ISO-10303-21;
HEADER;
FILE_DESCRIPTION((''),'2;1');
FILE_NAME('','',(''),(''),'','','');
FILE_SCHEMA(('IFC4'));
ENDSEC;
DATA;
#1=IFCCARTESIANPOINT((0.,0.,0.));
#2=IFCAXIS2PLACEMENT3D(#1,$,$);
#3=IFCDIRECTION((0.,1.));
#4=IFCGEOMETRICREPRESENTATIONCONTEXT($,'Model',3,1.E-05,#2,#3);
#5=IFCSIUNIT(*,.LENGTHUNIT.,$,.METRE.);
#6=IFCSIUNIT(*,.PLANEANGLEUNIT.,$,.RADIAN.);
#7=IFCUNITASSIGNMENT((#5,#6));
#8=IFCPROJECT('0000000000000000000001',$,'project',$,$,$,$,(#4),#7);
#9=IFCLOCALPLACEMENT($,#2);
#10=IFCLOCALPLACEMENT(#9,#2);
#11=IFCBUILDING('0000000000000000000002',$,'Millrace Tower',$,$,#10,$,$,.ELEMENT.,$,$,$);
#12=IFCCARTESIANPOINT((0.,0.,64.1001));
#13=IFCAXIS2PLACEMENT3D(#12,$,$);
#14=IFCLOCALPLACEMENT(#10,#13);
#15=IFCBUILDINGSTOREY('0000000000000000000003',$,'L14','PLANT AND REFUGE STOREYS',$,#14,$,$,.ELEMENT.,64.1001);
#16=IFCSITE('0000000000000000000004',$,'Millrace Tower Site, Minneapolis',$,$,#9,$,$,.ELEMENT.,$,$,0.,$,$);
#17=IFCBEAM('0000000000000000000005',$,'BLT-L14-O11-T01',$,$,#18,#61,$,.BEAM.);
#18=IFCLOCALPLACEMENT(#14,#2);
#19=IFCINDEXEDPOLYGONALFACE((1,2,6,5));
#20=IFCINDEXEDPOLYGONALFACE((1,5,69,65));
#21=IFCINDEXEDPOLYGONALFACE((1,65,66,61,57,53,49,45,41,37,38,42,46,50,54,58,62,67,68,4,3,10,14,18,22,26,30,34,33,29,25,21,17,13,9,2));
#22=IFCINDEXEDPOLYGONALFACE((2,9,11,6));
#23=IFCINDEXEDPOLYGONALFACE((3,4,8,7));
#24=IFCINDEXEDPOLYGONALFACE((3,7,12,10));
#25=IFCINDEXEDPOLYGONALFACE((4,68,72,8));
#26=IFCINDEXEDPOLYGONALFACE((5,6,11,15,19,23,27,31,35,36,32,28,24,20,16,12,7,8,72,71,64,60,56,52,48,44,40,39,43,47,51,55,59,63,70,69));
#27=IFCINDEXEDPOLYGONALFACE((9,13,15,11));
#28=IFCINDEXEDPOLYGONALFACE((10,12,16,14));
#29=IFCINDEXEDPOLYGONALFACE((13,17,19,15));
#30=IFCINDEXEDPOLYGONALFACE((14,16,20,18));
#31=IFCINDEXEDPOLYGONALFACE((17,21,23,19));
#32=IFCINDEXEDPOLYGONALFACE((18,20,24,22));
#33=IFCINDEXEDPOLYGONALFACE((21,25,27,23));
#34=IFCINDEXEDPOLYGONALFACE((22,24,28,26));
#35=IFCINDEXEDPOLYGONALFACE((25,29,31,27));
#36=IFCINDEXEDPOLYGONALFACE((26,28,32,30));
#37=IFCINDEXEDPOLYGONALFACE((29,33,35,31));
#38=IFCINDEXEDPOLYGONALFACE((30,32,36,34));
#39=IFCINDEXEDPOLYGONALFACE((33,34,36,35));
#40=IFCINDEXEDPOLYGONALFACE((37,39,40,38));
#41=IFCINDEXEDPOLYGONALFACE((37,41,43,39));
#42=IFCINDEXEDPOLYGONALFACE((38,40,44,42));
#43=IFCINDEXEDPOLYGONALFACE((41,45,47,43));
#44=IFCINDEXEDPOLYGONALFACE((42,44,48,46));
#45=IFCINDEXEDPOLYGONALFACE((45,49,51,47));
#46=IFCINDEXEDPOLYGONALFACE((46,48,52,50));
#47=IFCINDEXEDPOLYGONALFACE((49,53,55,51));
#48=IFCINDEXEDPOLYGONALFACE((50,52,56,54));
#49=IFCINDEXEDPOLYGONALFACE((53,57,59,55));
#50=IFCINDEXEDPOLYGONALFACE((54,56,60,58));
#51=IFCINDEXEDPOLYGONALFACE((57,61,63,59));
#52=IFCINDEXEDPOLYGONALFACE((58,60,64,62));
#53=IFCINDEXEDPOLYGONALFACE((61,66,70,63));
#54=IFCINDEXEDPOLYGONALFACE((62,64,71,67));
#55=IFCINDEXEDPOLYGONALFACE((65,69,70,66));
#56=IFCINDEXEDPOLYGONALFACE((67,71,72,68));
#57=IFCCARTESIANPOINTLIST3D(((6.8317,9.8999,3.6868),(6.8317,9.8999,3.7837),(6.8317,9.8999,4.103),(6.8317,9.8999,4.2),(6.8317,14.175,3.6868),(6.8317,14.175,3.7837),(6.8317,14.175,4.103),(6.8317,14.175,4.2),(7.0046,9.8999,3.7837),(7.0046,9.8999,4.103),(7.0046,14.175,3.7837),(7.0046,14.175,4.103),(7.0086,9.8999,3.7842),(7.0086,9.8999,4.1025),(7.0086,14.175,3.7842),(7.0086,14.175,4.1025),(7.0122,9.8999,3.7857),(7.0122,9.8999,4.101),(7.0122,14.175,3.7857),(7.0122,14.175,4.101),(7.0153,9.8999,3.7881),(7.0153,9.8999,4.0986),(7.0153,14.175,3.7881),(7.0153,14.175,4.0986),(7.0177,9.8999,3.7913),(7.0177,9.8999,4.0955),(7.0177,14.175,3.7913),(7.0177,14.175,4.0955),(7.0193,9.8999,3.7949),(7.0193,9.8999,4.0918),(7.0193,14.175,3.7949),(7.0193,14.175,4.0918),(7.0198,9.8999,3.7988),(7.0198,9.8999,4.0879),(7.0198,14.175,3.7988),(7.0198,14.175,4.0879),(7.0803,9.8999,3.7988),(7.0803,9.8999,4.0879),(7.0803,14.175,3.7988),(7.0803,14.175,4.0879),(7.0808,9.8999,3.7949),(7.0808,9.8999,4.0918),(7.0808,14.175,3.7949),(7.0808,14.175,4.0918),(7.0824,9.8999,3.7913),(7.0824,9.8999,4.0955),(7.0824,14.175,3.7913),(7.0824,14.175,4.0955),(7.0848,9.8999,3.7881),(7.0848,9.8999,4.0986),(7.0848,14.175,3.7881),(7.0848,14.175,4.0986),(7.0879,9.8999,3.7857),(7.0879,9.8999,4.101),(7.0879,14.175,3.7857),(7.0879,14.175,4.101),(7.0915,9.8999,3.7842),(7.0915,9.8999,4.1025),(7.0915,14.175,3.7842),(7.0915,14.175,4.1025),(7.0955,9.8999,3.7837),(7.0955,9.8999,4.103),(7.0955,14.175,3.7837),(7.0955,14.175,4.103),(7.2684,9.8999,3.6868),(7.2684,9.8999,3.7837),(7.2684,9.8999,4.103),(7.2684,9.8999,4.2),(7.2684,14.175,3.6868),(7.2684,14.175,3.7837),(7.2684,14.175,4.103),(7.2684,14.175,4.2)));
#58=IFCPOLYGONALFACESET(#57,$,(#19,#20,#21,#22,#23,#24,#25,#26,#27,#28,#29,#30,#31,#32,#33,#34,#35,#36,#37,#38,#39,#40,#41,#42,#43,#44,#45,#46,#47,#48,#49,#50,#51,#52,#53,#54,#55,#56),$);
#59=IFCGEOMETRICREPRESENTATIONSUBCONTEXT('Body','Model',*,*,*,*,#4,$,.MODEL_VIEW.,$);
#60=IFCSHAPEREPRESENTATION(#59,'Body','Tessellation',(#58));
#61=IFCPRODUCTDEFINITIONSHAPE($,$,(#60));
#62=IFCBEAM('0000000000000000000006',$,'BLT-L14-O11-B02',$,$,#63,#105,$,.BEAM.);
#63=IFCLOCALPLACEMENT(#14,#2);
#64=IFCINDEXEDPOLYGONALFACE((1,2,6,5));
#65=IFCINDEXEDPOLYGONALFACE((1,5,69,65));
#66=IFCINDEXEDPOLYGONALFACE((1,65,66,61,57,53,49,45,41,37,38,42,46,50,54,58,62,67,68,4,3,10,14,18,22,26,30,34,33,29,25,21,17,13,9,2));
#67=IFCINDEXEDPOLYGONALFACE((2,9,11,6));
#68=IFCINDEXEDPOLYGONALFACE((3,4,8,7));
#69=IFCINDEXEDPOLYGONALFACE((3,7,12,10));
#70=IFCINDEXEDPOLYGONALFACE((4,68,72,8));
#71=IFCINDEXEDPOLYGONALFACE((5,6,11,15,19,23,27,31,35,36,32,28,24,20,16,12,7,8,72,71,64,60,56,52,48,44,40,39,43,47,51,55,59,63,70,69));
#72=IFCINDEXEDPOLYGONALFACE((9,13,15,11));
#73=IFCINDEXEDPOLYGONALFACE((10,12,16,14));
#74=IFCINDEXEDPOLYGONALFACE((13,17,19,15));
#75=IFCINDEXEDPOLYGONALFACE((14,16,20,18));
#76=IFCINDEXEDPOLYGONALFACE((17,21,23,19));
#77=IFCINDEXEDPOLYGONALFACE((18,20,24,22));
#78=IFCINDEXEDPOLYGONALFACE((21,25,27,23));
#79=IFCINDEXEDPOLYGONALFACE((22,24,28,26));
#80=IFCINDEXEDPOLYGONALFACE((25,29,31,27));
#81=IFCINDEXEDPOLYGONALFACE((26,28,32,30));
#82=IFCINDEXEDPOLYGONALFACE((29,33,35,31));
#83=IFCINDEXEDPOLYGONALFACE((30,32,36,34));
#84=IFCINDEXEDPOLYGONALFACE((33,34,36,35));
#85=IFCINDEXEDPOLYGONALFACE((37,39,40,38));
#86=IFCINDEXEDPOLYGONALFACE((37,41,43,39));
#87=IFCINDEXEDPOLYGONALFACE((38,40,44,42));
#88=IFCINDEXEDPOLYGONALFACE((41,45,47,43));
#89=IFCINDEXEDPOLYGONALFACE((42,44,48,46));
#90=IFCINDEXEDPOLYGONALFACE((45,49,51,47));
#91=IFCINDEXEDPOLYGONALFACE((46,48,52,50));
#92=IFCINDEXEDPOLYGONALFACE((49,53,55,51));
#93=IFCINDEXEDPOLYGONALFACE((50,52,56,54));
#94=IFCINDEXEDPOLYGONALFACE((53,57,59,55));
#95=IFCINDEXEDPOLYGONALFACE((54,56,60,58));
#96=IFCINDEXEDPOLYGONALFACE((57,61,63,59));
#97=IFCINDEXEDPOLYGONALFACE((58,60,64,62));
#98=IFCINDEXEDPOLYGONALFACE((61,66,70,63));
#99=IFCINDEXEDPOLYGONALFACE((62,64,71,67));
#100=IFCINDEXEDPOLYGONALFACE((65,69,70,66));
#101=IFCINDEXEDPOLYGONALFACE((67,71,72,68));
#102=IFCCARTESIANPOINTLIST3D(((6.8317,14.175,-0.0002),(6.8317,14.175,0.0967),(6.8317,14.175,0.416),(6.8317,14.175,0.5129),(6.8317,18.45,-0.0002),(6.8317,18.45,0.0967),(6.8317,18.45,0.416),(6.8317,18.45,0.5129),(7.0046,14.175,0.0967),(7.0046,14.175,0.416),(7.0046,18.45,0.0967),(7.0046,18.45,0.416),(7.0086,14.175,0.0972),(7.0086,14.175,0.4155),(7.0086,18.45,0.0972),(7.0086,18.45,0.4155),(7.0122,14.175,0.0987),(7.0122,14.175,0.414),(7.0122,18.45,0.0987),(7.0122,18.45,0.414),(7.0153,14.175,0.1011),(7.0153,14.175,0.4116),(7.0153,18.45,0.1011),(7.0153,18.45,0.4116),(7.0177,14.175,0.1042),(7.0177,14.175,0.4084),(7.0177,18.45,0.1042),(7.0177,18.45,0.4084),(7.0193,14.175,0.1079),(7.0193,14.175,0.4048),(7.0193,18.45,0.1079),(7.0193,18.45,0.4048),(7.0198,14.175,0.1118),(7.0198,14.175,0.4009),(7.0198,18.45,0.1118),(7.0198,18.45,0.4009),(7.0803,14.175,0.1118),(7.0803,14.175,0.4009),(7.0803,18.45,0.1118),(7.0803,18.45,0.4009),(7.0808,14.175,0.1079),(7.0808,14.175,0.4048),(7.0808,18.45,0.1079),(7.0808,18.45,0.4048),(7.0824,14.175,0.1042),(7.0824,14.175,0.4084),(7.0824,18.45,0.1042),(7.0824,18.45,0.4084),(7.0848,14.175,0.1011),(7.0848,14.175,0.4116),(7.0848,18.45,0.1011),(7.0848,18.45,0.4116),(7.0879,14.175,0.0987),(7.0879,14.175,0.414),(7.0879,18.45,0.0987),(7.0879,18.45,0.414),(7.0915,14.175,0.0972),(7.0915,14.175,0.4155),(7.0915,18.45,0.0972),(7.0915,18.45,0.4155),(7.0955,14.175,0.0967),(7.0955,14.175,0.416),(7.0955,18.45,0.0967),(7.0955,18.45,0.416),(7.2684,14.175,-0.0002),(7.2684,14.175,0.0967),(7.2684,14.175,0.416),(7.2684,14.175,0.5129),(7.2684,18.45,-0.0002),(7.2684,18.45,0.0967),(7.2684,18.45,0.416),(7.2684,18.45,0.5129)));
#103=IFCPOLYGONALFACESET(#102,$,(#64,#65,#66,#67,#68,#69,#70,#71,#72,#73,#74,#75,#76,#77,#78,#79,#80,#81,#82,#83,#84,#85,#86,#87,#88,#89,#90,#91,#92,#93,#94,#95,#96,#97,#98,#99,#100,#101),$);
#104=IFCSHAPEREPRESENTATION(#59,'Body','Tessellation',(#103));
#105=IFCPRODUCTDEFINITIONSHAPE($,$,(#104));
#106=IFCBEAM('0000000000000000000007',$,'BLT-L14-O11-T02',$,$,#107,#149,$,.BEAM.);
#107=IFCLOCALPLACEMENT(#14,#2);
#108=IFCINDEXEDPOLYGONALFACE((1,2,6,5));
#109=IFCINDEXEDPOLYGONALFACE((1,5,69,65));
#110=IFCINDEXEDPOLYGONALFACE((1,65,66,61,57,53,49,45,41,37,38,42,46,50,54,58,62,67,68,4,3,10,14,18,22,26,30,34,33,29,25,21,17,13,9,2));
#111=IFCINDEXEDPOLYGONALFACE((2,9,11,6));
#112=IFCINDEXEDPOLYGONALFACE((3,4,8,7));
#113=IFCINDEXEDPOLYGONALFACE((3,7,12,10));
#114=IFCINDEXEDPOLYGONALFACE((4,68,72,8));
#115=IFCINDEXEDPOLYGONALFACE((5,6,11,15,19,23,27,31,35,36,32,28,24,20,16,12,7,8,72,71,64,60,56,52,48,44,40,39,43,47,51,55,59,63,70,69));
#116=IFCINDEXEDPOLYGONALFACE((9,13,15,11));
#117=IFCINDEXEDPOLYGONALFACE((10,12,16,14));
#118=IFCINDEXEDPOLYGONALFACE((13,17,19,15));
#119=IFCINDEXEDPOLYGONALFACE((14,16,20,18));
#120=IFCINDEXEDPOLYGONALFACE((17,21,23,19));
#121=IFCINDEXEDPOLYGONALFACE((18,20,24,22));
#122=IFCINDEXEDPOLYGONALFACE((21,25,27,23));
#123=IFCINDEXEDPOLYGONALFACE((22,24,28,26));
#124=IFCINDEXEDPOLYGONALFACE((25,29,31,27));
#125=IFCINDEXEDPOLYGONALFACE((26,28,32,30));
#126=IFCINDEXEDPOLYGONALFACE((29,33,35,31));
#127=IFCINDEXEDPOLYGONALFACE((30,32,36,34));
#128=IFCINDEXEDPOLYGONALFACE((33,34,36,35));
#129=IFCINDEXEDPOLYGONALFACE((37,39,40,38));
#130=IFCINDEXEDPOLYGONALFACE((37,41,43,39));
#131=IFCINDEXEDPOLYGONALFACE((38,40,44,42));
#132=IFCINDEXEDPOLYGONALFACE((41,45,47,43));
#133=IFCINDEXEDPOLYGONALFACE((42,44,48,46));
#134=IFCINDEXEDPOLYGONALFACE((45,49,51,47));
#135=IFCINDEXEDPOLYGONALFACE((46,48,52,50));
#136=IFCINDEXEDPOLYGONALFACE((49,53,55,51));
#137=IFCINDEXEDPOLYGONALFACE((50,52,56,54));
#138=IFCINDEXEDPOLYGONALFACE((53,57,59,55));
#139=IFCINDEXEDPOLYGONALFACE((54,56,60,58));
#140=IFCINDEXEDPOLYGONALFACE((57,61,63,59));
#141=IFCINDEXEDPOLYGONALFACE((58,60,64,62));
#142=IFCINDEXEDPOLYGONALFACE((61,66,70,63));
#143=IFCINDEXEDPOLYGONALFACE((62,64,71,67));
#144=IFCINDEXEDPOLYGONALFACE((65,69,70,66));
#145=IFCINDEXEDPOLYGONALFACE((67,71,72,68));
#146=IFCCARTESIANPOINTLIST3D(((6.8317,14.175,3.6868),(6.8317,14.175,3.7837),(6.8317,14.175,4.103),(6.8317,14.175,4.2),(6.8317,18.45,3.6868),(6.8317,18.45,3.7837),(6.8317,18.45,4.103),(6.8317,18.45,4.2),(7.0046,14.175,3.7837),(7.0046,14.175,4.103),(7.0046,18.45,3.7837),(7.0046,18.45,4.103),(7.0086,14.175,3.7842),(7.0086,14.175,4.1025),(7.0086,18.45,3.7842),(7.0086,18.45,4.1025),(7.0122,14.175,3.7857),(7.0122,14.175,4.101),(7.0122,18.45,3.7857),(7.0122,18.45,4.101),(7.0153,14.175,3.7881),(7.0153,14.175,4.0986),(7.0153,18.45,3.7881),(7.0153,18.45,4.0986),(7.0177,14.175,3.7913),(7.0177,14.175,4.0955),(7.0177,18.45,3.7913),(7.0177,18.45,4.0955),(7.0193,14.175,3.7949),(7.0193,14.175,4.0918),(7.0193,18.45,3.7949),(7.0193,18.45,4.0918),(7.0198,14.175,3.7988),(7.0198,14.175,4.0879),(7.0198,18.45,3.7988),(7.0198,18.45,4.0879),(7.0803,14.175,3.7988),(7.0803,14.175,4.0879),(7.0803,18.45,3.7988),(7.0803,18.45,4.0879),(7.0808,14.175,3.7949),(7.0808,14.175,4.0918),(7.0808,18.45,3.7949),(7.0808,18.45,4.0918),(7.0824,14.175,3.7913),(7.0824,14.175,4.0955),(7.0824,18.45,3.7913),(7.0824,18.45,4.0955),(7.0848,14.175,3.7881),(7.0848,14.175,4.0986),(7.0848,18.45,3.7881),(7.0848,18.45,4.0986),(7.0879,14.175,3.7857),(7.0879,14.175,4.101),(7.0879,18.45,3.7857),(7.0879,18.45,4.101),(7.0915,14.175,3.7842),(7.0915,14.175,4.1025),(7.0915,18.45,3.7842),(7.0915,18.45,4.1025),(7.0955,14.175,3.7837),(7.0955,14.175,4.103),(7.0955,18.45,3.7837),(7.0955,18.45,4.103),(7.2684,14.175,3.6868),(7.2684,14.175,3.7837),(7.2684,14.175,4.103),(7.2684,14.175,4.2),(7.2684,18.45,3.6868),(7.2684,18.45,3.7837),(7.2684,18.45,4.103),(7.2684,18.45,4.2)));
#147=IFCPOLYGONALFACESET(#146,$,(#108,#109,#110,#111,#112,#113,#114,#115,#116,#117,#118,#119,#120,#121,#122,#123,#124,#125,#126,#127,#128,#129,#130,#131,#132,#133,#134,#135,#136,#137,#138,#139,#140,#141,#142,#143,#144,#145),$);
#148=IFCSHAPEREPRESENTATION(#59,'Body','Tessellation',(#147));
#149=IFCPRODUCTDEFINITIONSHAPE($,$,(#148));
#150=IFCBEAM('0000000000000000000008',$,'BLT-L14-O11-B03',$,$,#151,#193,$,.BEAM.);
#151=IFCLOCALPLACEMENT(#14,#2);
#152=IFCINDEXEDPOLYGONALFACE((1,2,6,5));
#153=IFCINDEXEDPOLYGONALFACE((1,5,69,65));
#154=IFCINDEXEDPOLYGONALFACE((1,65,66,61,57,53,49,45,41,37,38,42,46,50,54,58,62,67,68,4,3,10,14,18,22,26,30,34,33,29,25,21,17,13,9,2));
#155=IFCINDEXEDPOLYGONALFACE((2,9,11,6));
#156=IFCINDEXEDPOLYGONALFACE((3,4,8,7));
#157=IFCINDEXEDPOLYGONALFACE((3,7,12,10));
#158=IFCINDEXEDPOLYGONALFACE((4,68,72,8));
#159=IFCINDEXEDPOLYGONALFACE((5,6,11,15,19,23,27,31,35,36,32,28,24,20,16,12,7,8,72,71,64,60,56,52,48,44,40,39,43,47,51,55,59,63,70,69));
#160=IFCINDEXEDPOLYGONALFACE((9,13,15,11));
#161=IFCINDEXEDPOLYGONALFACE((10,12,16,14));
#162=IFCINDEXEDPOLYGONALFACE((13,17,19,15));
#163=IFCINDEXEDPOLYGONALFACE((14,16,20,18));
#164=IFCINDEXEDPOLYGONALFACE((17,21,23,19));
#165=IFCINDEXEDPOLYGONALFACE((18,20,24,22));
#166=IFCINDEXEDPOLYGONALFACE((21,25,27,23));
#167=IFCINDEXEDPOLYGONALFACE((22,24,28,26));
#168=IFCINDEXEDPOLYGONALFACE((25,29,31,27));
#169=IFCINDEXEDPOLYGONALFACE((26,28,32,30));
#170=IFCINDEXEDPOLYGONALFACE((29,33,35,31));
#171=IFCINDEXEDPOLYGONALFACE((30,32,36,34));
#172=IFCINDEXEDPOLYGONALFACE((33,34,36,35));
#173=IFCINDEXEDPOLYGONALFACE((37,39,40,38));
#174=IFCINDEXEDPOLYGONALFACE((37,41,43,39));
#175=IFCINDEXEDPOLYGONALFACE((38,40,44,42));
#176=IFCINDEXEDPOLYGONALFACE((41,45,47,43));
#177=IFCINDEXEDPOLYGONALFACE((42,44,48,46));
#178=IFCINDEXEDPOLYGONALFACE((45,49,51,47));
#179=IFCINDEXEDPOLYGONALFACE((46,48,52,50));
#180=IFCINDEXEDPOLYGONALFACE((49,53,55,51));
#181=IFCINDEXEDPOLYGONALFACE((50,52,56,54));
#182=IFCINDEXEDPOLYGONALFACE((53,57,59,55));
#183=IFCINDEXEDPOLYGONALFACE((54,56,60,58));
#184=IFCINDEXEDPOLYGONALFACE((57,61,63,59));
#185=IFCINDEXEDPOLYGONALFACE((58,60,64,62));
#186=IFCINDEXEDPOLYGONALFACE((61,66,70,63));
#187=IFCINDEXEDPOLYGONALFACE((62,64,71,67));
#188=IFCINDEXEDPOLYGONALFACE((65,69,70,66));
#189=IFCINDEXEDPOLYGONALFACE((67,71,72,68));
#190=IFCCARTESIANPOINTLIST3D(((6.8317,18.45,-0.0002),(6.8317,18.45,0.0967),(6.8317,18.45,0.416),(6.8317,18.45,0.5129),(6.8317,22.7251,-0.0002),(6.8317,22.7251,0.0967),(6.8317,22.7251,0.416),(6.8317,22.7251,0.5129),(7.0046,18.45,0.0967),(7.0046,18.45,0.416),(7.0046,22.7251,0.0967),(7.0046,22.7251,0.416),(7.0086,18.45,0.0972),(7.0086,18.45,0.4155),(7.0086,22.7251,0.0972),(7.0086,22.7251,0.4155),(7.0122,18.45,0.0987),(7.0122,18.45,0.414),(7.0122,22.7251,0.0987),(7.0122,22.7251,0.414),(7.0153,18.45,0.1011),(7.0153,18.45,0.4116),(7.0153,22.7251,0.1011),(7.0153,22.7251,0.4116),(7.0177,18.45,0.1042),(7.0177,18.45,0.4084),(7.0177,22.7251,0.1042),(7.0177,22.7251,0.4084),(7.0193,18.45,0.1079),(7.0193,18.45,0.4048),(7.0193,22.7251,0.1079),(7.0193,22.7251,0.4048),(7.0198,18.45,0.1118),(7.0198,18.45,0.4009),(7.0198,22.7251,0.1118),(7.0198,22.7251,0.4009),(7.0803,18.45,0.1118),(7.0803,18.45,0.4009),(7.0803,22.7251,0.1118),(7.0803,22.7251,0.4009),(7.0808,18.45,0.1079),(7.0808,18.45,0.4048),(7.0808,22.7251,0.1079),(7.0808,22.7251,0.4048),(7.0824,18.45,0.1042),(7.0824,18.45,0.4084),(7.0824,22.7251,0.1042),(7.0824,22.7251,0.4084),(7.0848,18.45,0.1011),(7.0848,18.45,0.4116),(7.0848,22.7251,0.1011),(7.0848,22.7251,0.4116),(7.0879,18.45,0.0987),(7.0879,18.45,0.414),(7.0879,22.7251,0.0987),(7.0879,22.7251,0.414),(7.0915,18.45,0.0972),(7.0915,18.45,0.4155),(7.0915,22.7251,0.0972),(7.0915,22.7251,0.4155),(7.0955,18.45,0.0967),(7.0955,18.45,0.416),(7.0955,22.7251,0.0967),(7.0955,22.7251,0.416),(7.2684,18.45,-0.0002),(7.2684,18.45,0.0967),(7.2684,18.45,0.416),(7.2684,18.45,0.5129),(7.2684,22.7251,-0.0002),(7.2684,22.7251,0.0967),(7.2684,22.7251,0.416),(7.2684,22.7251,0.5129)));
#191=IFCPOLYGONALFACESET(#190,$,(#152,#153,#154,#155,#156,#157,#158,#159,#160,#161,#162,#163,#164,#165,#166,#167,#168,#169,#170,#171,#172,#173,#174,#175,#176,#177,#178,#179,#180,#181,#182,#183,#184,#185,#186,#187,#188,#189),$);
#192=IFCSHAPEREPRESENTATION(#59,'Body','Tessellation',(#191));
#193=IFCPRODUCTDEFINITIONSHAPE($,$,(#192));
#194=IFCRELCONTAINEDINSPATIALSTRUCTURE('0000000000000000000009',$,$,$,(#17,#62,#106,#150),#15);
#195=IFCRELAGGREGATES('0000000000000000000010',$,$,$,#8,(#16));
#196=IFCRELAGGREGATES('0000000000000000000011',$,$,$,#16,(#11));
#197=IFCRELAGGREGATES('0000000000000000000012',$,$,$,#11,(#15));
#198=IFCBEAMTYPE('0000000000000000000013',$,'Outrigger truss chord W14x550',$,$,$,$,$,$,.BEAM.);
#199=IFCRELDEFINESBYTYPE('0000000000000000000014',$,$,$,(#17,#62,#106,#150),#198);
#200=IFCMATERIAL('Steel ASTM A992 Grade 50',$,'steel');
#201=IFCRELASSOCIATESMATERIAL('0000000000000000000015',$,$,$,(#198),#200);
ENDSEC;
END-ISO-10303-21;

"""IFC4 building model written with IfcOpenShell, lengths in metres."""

from ifc_helpers import new_model, si_unit, direction, frame, origin, origin_2d, place, context, subcontext, project, spatial, i_section, extrude, material, material_profile, profile_set, type_object, element, save


model = new_model("IFC4")

# Units and contexts
model_context = context("Model", 3, precision=1e-05, world=origin(), true_north=direction((0.0, 1.0)))
body_context = subcontext(model_context, "Body", "Model", "MODEL_VIEW")
ifc_project = project(units=[si_unit("LENGTHUNIT", "METRE"), si_unit("PLANEANGLEUNIT", "RADIAN")], contexts=[model_context])

# Site, building, storey
site_placement = place(None, origin())
site = spatial("IfcSite", under=ifc_project, at=site_placement, Name="Millrace Tower Site, Minneapolis", CompositionType="ELEMENT", RefElevation=0.0)
building_placement = place(site_placement, origin())
building = spatial("IfcBuilding", under=site, at=building_placement, Name="Millrace Tower", CompositionType="ELEMENT")
storey_placement = place(building_placement, frame((0.0, 0.0, 64.1001)))
storey = spatial("IfcBuildingStorey", under=building, at=storey_placement, Name="L14", Description="PLANT AND REFUGE STOREYS", CompositionType="ELEMENT", Elevation=64.1001)

# Beams
ifc_material_1 = material(Name="Steel ASTM A992 Grade 50", Category="steel")
ifc_material_profile_1 = material_profile(ifc_material_1, i_section(OverallWidth=0.4368, OverallDepth=0.5132, WebThickness=0.0605, FlangeThickness=0.0969, FilletRadius=0.0151, at=origin_2d()))
ifc_profile_set_1 = profile_set([ifc_material_profile_1], Name="Steel ASTM A992 Grade 50")
beam_type_1 = type_object("IfcBeamType", Name="Outrigger truss chord W14x550", PredefinedType="BEAM", material=ifc_profile_set_1)
for number, where, z_axis, x_axis, name in (
    (1, (7.05, 9.8999, 3.9434), (0.0, 1.0, 0.0), (-1.0, 0.0, 0.0), "BLT-L14-O11-T01"),
):
    element("IfcBeam", number, at=place(storey_placement, frame(where, z_axis=z_axis, x_axis=x_axis)), inside=storey, type_object=beam_type_1, Name=name, PredefinedType="BEAM", context=body_context, shape_type="SweptSolid", body=[
        extrude(i_section(OverallWidth=0.4368, OverallDepth=0.5132, WebThickness=0.0605, FlangeThickness=0.0969, FilletRadius=0.0151, at=origin_2d()), origin(), (0.0, 0.0, 1.0), 4.2751),
    ])
for number, where, z_axis, x_axis, name in (
    (2, (7.05, 14.175, 0.2563), (0.0, 1.0, 0.0), (-1.0, 0.0, 0.0), "BLT-L14-O11-B02"),
    (3, (7.05, 14.175, 3.9434), (0.0, 1.0, 0.0), (-1.0, 0.0, 0.0), "BLT-L14-O11-T02"),
):
    element("IfcBeam", number, at=place(storey_placement, frame(where, z_axis=z_axis, x_axis=x_axis)), inside=storey, type_object=beam_type_1, Name=name, PredefinedType="BEAM", context=body_context, shape_type="SweptSolid", body=[
        extrude(i_section(OverallWidth=0.4368, OverallDepth=0.5132, WebThickness=0.0605, FlangeThickness=0.0969, FilletRadius=0.0151, at=origin_2d()), origin(), (0.0, 0.0, 1.0), 4.2749),
    ])
beam_1_placement = place(storey_placement, frame((7.05, 18.45, 0.2563), z_axis=(0.0, 1.0, 0.0), x_axis=(-1.0, 0.0, 0.0)))
element("IfcBeam", 4, at=beam_1_placement, inside=storey, type_object=beam_type_1, Name="BLT-L14-O11-B03", PredefinedType="BEAM", context=body_context, shape_type="SweptSolid", body=[
    extrude(i_section(OverallWidth=0.4368, OverallDepth=0.5132, WebThickness=0.0605, FlangeThickness=0.0969, FilletRadius=0.0151, at=origin_2d()), origin(), (0.0, 0.0, 1.0), 4.2751),
])

save(model, "model.ifc")
